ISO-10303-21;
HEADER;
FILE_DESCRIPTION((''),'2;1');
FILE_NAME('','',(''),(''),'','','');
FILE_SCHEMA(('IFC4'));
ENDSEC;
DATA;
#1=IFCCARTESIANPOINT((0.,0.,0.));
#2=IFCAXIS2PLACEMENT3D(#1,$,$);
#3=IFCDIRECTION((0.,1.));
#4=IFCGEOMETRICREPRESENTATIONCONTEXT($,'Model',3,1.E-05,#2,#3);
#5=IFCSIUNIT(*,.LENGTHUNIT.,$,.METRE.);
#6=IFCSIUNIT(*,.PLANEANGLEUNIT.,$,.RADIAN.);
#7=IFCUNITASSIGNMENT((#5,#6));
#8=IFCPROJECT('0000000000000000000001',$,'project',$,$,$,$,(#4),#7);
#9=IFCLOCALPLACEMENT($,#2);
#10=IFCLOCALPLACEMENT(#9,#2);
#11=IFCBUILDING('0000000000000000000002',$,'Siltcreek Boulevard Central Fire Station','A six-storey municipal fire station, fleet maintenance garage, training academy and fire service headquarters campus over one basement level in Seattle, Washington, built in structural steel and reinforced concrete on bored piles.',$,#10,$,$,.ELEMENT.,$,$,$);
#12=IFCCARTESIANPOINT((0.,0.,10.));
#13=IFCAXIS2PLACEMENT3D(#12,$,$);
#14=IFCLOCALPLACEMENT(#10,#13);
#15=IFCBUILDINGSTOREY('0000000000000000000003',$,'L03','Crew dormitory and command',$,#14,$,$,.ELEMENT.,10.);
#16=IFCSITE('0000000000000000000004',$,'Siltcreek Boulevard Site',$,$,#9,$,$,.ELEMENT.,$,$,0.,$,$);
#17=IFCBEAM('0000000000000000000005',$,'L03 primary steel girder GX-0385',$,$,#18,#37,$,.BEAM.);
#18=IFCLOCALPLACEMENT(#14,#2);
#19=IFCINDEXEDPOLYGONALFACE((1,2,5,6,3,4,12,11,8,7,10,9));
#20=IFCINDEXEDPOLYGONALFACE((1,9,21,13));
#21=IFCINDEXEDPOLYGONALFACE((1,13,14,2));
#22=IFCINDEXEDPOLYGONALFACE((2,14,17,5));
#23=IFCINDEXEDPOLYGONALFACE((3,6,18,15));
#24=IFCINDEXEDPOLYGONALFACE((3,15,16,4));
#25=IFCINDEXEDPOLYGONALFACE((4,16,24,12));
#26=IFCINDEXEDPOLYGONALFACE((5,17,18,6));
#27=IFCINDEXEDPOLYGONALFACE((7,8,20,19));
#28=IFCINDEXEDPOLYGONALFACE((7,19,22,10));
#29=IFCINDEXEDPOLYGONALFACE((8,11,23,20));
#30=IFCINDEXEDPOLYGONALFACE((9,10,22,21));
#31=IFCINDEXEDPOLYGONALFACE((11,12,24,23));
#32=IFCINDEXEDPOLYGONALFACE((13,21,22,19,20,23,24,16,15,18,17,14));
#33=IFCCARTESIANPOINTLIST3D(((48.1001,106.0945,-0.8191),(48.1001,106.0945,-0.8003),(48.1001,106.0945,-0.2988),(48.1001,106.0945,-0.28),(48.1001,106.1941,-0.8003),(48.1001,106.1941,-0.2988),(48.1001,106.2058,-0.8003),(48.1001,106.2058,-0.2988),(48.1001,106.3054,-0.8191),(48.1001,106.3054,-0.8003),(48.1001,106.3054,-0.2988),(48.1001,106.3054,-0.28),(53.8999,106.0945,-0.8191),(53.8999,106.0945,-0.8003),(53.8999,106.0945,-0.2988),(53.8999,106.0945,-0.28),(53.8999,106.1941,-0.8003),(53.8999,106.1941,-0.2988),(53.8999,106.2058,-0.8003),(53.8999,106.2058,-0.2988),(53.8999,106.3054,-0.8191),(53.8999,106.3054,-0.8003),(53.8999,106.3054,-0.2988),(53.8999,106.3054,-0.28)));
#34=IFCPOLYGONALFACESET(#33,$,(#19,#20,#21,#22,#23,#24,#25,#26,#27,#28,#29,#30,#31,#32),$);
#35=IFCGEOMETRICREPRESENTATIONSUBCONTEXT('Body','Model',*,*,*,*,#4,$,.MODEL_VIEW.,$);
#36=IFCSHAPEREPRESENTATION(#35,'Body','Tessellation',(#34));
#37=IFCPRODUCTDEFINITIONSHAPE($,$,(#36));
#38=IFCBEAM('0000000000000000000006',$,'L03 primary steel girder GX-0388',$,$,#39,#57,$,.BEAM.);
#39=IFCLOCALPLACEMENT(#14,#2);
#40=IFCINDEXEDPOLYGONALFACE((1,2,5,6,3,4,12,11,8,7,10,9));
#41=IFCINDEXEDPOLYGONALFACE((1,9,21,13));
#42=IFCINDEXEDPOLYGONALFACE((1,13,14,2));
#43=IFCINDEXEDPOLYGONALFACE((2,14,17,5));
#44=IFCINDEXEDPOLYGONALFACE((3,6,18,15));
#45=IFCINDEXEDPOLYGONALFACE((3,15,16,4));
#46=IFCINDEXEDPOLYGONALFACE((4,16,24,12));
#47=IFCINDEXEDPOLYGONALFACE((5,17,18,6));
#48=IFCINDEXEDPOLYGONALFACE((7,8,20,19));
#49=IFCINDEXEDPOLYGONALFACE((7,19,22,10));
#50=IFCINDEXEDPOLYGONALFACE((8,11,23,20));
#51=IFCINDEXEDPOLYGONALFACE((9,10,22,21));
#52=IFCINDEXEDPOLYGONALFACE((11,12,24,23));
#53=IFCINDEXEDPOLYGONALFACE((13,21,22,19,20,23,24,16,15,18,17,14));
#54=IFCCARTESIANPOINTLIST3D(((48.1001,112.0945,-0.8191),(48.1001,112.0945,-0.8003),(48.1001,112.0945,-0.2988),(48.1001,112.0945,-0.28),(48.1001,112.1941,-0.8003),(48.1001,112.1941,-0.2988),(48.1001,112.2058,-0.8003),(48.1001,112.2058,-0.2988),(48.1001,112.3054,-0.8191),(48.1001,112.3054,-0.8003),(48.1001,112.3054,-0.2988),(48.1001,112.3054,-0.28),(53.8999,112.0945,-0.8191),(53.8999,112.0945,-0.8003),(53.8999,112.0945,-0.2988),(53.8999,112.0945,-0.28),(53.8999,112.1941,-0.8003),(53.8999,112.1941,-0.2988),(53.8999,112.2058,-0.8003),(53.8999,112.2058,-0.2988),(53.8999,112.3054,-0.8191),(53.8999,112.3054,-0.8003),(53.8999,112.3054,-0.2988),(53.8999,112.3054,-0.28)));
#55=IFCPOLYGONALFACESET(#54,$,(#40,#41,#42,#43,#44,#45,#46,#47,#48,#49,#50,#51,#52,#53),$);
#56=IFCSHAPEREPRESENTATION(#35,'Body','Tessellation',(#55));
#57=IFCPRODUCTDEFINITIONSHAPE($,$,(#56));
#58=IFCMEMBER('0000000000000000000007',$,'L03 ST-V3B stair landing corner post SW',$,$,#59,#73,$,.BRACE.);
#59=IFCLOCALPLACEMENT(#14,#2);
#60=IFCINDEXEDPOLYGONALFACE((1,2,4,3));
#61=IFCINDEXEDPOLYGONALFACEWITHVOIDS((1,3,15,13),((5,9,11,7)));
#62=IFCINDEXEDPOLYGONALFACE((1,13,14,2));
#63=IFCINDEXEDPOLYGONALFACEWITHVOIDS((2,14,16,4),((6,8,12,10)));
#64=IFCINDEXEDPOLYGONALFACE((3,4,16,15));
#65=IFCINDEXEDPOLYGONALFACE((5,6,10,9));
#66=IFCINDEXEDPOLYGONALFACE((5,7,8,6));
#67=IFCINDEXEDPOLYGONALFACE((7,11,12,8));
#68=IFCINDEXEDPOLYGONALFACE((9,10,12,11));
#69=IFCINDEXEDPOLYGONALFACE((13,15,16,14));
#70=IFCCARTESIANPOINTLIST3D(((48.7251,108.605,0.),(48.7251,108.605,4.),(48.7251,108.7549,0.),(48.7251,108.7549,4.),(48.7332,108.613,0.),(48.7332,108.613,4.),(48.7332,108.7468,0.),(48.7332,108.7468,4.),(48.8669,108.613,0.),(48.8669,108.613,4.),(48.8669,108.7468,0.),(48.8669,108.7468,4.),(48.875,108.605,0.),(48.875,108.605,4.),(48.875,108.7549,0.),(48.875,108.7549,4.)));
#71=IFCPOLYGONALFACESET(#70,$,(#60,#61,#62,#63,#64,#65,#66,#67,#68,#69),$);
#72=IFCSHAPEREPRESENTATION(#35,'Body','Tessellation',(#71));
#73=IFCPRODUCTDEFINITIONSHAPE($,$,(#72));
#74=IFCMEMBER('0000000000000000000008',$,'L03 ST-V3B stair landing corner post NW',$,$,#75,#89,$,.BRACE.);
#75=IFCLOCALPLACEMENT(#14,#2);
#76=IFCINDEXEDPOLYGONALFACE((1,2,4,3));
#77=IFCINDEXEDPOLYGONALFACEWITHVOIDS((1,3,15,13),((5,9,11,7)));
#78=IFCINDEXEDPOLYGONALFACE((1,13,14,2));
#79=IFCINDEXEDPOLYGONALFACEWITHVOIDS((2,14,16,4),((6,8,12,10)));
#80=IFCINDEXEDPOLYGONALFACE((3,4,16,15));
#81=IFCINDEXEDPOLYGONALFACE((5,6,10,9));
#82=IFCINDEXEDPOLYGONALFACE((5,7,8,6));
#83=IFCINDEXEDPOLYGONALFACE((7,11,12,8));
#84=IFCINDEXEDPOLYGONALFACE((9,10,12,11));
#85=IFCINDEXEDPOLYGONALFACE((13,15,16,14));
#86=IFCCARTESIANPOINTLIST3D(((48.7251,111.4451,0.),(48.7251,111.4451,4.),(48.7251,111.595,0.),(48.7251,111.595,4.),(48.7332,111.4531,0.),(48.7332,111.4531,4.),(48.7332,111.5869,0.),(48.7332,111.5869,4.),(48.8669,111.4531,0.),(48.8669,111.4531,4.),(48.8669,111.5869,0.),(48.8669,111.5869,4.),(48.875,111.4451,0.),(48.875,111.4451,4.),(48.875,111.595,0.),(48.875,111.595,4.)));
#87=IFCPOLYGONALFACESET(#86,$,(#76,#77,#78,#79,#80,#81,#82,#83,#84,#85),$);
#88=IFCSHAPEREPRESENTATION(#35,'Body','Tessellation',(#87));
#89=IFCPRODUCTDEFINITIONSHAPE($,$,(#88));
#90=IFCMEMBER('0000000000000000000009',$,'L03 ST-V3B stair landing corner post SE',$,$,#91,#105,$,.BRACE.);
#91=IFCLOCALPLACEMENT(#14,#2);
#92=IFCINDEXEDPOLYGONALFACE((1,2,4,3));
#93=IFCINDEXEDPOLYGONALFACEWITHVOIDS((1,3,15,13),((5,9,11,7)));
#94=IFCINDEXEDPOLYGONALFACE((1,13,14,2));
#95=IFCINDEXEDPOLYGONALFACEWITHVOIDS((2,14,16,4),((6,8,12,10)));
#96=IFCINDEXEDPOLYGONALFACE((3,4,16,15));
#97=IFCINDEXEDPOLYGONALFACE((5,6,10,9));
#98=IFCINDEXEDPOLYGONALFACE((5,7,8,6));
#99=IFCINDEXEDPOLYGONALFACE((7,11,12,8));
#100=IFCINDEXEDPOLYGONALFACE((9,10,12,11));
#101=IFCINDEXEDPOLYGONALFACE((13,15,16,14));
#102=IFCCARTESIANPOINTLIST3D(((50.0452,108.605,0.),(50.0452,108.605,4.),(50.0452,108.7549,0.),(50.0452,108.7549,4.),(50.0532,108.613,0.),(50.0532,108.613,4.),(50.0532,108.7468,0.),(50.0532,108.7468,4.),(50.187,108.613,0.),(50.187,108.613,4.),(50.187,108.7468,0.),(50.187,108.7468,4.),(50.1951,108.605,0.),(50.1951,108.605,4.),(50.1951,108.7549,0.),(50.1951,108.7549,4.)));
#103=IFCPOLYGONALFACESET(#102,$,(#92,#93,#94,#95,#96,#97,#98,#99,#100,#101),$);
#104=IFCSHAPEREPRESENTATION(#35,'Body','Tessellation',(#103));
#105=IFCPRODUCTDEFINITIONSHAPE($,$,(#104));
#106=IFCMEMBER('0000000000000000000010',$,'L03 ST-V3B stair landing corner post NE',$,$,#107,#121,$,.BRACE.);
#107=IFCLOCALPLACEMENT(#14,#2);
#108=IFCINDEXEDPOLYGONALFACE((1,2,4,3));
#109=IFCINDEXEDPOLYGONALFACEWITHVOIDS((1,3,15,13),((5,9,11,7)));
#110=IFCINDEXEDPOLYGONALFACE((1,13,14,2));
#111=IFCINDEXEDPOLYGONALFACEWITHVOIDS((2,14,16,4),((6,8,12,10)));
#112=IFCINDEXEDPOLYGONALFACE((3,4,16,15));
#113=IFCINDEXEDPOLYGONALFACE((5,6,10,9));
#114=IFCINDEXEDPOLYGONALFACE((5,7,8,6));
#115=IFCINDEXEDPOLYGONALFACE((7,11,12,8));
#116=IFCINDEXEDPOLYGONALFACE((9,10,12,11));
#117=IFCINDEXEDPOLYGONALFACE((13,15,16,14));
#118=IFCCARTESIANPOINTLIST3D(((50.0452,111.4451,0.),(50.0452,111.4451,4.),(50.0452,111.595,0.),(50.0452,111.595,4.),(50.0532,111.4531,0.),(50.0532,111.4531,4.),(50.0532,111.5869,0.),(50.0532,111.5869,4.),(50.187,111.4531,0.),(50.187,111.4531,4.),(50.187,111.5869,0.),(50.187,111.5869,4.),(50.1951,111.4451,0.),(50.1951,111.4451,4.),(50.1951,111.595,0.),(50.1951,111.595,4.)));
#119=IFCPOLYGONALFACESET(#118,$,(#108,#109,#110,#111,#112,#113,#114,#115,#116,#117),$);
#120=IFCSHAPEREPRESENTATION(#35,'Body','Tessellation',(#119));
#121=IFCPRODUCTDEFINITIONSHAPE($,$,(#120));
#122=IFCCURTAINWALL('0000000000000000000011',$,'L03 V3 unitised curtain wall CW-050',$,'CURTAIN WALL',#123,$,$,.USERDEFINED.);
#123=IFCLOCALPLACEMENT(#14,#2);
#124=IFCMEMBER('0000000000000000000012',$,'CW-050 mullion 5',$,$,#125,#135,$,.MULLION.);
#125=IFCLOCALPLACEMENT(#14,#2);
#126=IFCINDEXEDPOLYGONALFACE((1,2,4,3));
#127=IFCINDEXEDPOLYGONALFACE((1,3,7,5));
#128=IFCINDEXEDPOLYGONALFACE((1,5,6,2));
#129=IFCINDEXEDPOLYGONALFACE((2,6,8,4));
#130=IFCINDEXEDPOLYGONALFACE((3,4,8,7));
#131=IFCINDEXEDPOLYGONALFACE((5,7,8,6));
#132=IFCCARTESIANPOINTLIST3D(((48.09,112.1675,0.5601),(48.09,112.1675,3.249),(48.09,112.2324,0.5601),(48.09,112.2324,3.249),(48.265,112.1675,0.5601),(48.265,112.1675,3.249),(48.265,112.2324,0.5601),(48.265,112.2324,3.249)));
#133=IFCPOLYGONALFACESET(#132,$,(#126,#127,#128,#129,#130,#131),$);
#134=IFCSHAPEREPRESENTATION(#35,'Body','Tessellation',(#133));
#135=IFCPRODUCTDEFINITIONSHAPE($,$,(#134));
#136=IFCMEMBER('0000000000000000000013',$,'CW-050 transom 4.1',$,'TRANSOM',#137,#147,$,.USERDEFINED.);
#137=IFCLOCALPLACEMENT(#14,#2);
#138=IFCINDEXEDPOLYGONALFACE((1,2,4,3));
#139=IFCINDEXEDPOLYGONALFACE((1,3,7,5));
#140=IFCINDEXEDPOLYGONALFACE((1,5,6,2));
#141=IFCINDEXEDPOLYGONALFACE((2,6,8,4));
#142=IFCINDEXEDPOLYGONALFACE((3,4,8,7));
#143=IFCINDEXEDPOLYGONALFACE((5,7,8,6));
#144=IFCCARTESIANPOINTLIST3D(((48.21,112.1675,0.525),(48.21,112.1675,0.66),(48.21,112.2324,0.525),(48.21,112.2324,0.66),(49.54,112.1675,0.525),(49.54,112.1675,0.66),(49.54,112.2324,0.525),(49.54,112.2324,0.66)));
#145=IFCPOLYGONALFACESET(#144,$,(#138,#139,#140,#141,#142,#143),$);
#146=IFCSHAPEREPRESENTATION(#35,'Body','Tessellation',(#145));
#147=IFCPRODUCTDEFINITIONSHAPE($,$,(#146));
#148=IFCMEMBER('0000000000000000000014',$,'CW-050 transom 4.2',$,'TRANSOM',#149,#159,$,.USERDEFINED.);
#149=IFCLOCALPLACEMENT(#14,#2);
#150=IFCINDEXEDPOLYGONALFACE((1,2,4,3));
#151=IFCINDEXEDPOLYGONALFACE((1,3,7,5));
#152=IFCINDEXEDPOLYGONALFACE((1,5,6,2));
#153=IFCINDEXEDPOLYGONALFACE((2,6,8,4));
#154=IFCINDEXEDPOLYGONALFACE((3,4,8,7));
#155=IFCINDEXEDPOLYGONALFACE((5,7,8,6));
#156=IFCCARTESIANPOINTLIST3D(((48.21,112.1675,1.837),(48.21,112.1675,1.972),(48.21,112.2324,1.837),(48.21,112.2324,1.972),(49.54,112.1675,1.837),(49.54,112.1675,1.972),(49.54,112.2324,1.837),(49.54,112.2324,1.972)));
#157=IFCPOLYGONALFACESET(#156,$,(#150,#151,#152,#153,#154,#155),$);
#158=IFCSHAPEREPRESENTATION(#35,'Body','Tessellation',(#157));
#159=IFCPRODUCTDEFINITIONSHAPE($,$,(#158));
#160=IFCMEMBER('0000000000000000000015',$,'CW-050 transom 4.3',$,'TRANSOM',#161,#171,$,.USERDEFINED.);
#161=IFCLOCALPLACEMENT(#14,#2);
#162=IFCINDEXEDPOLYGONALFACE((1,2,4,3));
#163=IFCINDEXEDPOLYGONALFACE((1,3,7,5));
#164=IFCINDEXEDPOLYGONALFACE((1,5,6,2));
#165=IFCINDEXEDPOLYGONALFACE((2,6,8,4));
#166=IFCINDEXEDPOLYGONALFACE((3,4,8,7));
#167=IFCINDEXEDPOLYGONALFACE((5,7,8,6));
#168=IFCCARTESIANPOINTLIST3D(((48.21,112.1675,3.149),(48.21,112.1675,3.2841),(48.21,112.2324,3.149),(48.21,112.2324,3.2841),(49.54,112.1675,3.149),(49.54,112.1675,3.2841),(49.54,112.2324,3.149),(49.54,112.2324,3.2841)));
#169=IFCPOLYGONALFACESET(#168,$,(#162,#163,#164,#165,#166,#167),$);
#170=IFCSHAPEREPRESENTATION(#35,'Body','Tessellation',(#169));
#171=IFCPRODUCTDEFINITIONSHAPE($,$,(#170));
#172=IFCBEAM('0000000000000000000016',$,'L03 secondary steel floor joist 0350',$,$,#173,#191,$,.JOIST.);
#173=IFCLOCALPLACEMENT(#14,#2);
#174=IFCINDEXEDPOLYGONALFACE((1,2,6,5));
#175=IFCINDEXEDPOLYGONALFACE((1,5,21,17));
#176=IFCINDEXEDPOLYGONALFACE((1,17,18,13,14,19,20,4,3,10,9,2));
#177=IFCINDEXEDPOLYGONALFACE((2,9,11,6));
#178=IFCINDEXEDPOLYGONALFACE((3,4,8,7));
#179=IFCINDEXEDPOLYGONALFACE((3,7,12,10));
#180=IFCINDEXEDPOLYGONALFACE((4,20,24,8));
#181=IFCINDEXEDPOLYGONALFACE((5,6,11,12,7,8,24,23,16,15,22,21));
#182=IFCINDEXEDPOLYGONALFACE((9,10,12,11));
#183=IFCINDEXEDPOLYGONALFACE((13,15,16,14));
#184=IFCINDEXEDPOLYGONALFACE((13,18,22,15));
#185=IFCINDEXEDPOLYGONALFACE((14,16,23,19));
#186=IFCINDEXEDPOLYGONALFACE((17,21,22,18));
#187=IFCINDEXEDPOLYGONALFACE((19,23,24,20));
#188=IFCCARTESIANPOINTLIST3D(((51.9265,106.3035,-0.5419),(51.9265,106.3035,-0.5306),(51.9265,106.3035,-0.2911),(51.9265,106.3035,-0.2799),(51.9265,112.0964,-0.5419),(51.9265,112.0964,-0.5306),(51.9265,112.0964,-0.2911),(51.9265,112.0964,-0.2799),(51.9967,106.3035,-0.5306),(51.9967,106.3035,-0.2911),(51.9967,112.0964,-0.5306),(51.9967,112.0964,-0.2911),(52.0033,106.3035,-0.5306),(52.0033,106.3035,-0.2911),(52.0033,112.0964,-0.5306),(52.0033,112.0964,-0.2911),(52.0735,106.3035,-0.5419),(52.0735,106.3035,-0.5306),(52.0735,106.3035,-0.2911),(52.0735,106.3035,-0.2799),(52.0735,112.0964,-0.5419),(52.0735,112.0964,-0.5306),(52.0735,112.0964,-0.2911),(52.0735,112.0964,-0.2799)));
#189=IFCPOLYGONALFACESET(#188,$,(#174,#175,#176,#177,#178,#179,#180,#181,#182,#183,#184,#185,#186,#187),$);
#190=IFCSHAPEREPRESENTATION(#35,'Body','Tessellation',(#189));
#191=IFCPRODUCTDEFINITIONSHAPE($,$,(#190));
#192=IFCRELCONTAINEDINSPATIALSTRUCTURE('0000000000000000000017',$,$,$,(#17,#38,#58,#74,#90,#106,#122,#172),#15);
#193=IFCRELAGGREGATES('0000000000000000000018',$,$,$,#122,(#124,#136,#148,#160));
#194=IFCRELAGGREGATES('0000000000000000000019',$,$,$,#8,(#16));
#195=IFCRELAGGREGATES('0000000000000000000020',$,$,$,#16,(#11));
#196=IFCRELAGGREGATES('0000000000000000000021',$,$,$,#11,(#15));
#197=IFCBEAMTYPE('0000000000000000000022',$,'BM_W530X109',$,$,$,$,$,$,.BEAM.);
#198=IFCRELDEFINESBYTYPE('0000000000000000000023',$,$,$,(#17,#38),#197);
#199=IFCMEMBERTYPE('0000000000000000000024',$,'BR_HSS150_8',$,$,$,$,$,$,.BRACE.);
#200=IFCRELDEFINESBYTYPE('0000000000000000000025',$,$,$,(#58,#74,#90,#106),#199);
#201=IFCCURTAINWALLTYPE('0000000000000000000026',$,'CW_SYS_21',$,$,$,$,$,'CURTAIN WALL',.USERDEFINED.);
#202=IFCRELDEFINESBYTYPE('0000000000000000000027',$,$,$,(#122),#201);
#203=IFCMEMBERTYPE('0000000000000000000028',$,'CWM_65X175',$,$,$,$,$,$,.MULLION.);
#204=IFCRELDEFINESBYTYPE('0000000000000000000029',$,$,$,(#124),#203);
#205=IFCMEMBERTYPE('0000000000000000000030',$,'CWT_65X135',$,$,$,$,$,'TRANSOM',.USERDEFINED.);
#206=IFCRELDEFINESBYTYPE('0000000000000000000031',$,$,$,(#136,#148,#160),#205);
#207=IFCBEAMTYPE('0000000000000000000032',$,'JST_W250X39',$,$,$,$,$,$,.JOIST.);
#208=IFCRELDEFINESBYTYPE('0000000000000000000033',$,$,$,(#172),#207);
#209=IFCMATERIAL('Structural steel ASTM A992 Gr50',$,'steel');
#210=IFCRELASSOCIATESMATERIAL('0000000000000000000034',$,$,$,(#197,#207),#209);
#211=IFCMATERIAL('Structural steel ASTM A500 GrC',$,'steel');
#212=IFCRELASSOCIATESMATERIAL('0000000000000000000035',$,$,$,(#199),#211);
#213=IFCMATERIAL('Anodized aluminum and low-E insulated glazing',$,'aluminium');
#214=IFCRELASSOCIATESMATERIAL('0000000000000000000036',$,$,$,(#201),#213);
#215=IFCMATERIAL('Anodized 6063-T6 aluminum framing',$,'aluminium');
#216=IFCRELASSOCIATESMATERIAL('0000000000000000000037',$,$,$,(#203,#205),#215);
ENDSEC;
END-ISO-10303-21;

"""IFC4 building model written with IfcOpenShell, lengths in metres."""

from ifc_helpers import new_model, si_unit, direction, frame, origin, origin_2d, place, context, subcontext, project, spatial, rectangle, hollow_rectangle, i_section, extrude, material, material_profile, profile_set, type_object, element, aggregate, save


model = new_model("IFC4")

# Units and contexts
model_context = context("Model", 3, precision=1e-05, world=origin(), true_north=direction((0.0, 1.0)))
body_context = subcontext(model_context, "Body", "Model", "MODEL_VIEW")
ifc_project = project(units=[si_unit("LENGTHUNIT", "METRE"), si_unit("PLANEANGLEUNIT", "RADIAN")], contexts=[model_context])

# Site, building, storey
site_placement = place(None, origin())
site = spatial("IfcSite", under=ifc_project, at=site_placement, Name="Siltcreek Boulevard Site", CompositionType="ELEMENT", RefElevation=0.0)
building_placement = place(site_placement, origin())
building = spatial("IfcBuilding", under=site, at=building_placement, Name="Siltcreek Boulevard Central Fire Station", Description="A six-storey municipal fire station, fleet maintenance garage, training academy and fire service headquarters campus over one basement level in Seattle, Washington, built in structural steel and reinforced concrete on bored piles.", CompositionType="ELEMENT")
storey_placement = place(building_placement, frame((0.0, 0.0, 10.0)))
storey = spatial("IfcBuildingStorey", under=building, at=storey_placement, Name="L03", Description="Crew dormitory and command", CompositionType="ELEMENT", Elevation=10.0)

# Beams
ifc_material_1 = material(Name="Structural steel ASTM A992 Gr50", Category="steel")
ifc_material_profile_1 = material_profile(ifc_material_1, i_section(OverallWidth=0.2109, OverallDepth=0.5391, WebThickness=0.0117, FlangeThickness=0.0188, at=origin_2d()), Name="W530X109")
ifc_profile_set_1 = profile_set([ifc_material_profile_1], Name="Structural steel ASTM A992 Gr50")
beam_type_1 = type_object("IfcBeamType", Name="BM_W530X109", PredefinedType="BEAM", material=ifc_profile_set_1)
for number, where, z_axis, x_axis, name in (
    (1, (48.1001, 106.2, -0.5496), (1.0, 0.0, 0.0), (0.0, 1.0, 0.0), "L03 primary steel girder GX-0385"),
    (2, (48.1001, 112.2, -0.5496), (1.0, 0.0, 0.0), (0.0, 1.0, 0.0), "L03 primary steel girder GX-0388"),
):
    element("IfcBeam", number, at=place(storey_placement, frame(where, z_axis=z_axis, x_axis=x_axis)), inside=storey, type_object=beam_type_1, Name=name, PredefinedType="BEAM", context=body_context, shape_type="SweptSolid", body=[
        extrude(i_section(OverallWidth=0.2109, OverallDepth=0.5391, WebThickness=0.0117, FlangeThickness=0.0188, at=origin_2d()), origin(), (0.0, 0.0, 1.0), 5.7998),
    ])

# Members
ifc_material_2 = material(Name="Structural steel ASTM A500 GrC", Category="steel")
ifc_material_profile_2 = material_profile(ifc_material_2, hollow_rectangle(XDim=0.1499, YDim=0.1499, WallThickness=0.0081, at=origin_2d()), Name="HSS150X150X8.0")
ifc_profile_set_2 = profile_set([ifc_material_profile_2], Name="Structural steel ASTM A500 GrC")
member_type_1 = type_object("IfcMemberType", Name="BR_HSS150_8", PredefinedType="BRACE", material=ifc_profile_set_2)
for number, where, z_axis, x_axis, name in (
    (3, (48.8, 108.6799, 0.0), (0.0, 0.0, 1.0), (1.0, 0.0, 0.0), "L03 ST-V3B stair landing corner post SW"),
    (4, (48.8, 111.52, 0.0), (0.0, 0.0, 1.0), (1.0, 0.0, 0.0), "L03 ST-V3B stair landing corner post NW"),
    (5, (50.1201, 108.6799, 0.0), (0.0, 0.0, 1.0), (1.0, 0.0, 0.0), "L03 ST-V3B stair landing corner post SE"),
    (6, (50.1201, 111.52, 0.0), (0.0, 0.0, 1.0), (1.0, 0.0, 0.0), "L03 ST-V3B stair landing corner post NE"),
):
    element("IfcMember", number, at=place(storey_placement, frame(where, z_axis=z_axis, x_axis=x_axis)), inside=storey, type_object=member_type_1, Name=name, PredefinedType="BRACE", context=body_context, shape_type="SweptSolid", body=[
        extrude(hollow_rectangle(XDim=0.1499, YDim=0.1499, WallThickness=0.0081, at=origin_2d()), origin(), (0.0, 0.0, 1.0), 4.0),
    ])

# Curtain wall, members
ifc_material_3 = material(Name="Anodized aluminum and low-E insulated glazing", Category="aluminium")
curtain_wall_type = type_object("IfcCurtainWallType", Name="CW_SYS_21", ElementType="CURTAIN WALL", PredefinedType="USERDEFINED", material=ifc_material_3)
curtain_wall_placement = place(storey_placement, origin())
curtain_wall = element("IfcCurtainWall", 7, at=curtain_wall_placement, inside=storey, type_object=curtain_wall_type, Name="L03 V3 unitised curtain wall CW-050", ObjectType="CURTAIN WALL", PredefinedType="USERDEFINED")
ifc_material_4 = material(Name="Anodized 6063-T6 aluminum framing", Category="aluminium")
ifc_material_profile_3 = material_profile(ifc_material_4, rectangle(XDim=0.0649, YDim=0.175, at=origin_2d()), Name="MULL65X175")
ifc_profile_set_3 = profile_set([ifc_material_profile_3], Name="Anodized 6063-T6 aluminum framing")
member_type_2 = type_object("IfcMemberType", Name="CWM_65X175", PredefinedType="MULLION", material=ifc_profile_set_3)
member_1_placement = place(storey_placement, frame((48.1775, 112.2, 0.5601), z_axis=(0.0, 0.0, 1.0), x_axis=(0.0, -1.0, 0.0)))
member_1 = element("IfcMember", 8, at=member_1_placement, type_object=member_type_2, Name="CW-050 mullion 5", PredefinedType="MULLION", context=body_context, shape_type="SweptSolid", body=[
    extrude(rectangle(XDim=0.0649, YDim=0.175, at=origin_2d()), origin(), (0.0, 0.0, 1.0), 2.689),
])
ifc_material_profile_4 = material_profile(ifc_material_4, rectangle(XDim=0.0649, YDim=0.135, at=origin_2d()), Name="TRAN65X135")
ifc_profile_set_4 = profile_set([ifc_material_profile_4], Name="Anodized 6063-T6 aluminum framing")
member_type_3 = type_object("IfcMemberType", Name="CWT_65X135", ElementType="TRANSOM", PredefinedType="USERDEFINED", material=ifc_profile_set_4)
member_2_placement = place(storey_placement, frame((49.54, 112.2, 0.5925), z_axis=(-1.0, 0.0, 0.0), x_axis=(0.0, -1.0, 0.0)))
member_2 = element("IfcMember", 9, at=member_2_placement, type_object=member_type_3, Name="CW-050 transom 4.1", ObjectType="TRANSOM", PredefinedType="USERDEFINED", context=body_context, shape_type="SweptSolid", body=[
    extrude(rectangle(XDim=0.0649, YDim=0.135, at=origin_2d()), origin(), (0.0, 0.0, 1.0), 1.3301),
])
member_3_placement = place(storey_placement, frame((49.54, 112.2, 1.9045), z_axis=(-1.0, 0.0, 0.0), x_axis=(0.0, -1.0, 0.0)))
member_3 = element("IfcMember", 10, at=member_3_placement, type_object=member_type_3, Name="CW-050 transom 4.2", ObjectType="TRANSOM", PredefinedType="USERDEFINED", context=body_context, shape_type="SweptSolid", body=[
    extrude(rectangle(XDim=0.0649, YDim=0.135, at=origin_2d()), origin(), (0.0, 0.0, 1.0), 1.3301),
])
member_4_placement = place(storey_placement, frame((49.54, 112.2, 3.2166), z_axis=(-1.0, 0.0, 0.0), x_axis=(0.0, -1.0, 0.0)))
member_4 = element("IfcMember", 11, at=member_4_placement, type_object=member_type_3, Name="CW-050 transom 4.3", ObjectType="TRANSOM", PredefinedType="USERDEFINED", context=body_context, shape_type="SweptSolid", body=[
    extrude(rectangle(XDim=0.0649, YDim=0.135, at=origin_2d()), origin(), (0.0, 0.0, 1.0), 1.3301),
])

# Beam
ifc_material_profile_5 = material_profile(ifc_material_1, i_section(OverallWidth=0.147, OverallDepth=0.262, WebThickness=0.0066, FlangeThickness=0.0112, at=origin_2d()), Name="W250X39")
ifc_profile_set_5 = profile_set([ifc_material_profile_5], Name="Structural steel ASTM A992 Gr50")
beam_type_2 = type_object("IfcBeamType", Name="JST_W250X39", PredefinedType="JOIST", material=ifc_profile_set_5)
beam_placement = place(storey_placement, frame((52.0, 106.3035, -0.4109), z_axis=(0.0, 1.0, 0.0), x_axis=(-1.0, 0.0, 0.0)))
element("IfcBeam", 12, at=beam_placement, inside=storey, type_object=beam_type_2, Name="L03 secondary steel floor joist 0350", PredefinedType="JOIST", context=body_context, shape_type="SweptSolid", body=[
    extrude(i_section(OverallWidth=0.147, OverallDepth=0.262, WebThickness=0.0066, FlangeThickness=0.0112, at=origin_2d()), origin(), (0.0, 0.0, 1.0), 5.793),
])

aggregate(curtain_wall, [member_1, member_2, member_3, member_4])

save(model, "model.ifc")
